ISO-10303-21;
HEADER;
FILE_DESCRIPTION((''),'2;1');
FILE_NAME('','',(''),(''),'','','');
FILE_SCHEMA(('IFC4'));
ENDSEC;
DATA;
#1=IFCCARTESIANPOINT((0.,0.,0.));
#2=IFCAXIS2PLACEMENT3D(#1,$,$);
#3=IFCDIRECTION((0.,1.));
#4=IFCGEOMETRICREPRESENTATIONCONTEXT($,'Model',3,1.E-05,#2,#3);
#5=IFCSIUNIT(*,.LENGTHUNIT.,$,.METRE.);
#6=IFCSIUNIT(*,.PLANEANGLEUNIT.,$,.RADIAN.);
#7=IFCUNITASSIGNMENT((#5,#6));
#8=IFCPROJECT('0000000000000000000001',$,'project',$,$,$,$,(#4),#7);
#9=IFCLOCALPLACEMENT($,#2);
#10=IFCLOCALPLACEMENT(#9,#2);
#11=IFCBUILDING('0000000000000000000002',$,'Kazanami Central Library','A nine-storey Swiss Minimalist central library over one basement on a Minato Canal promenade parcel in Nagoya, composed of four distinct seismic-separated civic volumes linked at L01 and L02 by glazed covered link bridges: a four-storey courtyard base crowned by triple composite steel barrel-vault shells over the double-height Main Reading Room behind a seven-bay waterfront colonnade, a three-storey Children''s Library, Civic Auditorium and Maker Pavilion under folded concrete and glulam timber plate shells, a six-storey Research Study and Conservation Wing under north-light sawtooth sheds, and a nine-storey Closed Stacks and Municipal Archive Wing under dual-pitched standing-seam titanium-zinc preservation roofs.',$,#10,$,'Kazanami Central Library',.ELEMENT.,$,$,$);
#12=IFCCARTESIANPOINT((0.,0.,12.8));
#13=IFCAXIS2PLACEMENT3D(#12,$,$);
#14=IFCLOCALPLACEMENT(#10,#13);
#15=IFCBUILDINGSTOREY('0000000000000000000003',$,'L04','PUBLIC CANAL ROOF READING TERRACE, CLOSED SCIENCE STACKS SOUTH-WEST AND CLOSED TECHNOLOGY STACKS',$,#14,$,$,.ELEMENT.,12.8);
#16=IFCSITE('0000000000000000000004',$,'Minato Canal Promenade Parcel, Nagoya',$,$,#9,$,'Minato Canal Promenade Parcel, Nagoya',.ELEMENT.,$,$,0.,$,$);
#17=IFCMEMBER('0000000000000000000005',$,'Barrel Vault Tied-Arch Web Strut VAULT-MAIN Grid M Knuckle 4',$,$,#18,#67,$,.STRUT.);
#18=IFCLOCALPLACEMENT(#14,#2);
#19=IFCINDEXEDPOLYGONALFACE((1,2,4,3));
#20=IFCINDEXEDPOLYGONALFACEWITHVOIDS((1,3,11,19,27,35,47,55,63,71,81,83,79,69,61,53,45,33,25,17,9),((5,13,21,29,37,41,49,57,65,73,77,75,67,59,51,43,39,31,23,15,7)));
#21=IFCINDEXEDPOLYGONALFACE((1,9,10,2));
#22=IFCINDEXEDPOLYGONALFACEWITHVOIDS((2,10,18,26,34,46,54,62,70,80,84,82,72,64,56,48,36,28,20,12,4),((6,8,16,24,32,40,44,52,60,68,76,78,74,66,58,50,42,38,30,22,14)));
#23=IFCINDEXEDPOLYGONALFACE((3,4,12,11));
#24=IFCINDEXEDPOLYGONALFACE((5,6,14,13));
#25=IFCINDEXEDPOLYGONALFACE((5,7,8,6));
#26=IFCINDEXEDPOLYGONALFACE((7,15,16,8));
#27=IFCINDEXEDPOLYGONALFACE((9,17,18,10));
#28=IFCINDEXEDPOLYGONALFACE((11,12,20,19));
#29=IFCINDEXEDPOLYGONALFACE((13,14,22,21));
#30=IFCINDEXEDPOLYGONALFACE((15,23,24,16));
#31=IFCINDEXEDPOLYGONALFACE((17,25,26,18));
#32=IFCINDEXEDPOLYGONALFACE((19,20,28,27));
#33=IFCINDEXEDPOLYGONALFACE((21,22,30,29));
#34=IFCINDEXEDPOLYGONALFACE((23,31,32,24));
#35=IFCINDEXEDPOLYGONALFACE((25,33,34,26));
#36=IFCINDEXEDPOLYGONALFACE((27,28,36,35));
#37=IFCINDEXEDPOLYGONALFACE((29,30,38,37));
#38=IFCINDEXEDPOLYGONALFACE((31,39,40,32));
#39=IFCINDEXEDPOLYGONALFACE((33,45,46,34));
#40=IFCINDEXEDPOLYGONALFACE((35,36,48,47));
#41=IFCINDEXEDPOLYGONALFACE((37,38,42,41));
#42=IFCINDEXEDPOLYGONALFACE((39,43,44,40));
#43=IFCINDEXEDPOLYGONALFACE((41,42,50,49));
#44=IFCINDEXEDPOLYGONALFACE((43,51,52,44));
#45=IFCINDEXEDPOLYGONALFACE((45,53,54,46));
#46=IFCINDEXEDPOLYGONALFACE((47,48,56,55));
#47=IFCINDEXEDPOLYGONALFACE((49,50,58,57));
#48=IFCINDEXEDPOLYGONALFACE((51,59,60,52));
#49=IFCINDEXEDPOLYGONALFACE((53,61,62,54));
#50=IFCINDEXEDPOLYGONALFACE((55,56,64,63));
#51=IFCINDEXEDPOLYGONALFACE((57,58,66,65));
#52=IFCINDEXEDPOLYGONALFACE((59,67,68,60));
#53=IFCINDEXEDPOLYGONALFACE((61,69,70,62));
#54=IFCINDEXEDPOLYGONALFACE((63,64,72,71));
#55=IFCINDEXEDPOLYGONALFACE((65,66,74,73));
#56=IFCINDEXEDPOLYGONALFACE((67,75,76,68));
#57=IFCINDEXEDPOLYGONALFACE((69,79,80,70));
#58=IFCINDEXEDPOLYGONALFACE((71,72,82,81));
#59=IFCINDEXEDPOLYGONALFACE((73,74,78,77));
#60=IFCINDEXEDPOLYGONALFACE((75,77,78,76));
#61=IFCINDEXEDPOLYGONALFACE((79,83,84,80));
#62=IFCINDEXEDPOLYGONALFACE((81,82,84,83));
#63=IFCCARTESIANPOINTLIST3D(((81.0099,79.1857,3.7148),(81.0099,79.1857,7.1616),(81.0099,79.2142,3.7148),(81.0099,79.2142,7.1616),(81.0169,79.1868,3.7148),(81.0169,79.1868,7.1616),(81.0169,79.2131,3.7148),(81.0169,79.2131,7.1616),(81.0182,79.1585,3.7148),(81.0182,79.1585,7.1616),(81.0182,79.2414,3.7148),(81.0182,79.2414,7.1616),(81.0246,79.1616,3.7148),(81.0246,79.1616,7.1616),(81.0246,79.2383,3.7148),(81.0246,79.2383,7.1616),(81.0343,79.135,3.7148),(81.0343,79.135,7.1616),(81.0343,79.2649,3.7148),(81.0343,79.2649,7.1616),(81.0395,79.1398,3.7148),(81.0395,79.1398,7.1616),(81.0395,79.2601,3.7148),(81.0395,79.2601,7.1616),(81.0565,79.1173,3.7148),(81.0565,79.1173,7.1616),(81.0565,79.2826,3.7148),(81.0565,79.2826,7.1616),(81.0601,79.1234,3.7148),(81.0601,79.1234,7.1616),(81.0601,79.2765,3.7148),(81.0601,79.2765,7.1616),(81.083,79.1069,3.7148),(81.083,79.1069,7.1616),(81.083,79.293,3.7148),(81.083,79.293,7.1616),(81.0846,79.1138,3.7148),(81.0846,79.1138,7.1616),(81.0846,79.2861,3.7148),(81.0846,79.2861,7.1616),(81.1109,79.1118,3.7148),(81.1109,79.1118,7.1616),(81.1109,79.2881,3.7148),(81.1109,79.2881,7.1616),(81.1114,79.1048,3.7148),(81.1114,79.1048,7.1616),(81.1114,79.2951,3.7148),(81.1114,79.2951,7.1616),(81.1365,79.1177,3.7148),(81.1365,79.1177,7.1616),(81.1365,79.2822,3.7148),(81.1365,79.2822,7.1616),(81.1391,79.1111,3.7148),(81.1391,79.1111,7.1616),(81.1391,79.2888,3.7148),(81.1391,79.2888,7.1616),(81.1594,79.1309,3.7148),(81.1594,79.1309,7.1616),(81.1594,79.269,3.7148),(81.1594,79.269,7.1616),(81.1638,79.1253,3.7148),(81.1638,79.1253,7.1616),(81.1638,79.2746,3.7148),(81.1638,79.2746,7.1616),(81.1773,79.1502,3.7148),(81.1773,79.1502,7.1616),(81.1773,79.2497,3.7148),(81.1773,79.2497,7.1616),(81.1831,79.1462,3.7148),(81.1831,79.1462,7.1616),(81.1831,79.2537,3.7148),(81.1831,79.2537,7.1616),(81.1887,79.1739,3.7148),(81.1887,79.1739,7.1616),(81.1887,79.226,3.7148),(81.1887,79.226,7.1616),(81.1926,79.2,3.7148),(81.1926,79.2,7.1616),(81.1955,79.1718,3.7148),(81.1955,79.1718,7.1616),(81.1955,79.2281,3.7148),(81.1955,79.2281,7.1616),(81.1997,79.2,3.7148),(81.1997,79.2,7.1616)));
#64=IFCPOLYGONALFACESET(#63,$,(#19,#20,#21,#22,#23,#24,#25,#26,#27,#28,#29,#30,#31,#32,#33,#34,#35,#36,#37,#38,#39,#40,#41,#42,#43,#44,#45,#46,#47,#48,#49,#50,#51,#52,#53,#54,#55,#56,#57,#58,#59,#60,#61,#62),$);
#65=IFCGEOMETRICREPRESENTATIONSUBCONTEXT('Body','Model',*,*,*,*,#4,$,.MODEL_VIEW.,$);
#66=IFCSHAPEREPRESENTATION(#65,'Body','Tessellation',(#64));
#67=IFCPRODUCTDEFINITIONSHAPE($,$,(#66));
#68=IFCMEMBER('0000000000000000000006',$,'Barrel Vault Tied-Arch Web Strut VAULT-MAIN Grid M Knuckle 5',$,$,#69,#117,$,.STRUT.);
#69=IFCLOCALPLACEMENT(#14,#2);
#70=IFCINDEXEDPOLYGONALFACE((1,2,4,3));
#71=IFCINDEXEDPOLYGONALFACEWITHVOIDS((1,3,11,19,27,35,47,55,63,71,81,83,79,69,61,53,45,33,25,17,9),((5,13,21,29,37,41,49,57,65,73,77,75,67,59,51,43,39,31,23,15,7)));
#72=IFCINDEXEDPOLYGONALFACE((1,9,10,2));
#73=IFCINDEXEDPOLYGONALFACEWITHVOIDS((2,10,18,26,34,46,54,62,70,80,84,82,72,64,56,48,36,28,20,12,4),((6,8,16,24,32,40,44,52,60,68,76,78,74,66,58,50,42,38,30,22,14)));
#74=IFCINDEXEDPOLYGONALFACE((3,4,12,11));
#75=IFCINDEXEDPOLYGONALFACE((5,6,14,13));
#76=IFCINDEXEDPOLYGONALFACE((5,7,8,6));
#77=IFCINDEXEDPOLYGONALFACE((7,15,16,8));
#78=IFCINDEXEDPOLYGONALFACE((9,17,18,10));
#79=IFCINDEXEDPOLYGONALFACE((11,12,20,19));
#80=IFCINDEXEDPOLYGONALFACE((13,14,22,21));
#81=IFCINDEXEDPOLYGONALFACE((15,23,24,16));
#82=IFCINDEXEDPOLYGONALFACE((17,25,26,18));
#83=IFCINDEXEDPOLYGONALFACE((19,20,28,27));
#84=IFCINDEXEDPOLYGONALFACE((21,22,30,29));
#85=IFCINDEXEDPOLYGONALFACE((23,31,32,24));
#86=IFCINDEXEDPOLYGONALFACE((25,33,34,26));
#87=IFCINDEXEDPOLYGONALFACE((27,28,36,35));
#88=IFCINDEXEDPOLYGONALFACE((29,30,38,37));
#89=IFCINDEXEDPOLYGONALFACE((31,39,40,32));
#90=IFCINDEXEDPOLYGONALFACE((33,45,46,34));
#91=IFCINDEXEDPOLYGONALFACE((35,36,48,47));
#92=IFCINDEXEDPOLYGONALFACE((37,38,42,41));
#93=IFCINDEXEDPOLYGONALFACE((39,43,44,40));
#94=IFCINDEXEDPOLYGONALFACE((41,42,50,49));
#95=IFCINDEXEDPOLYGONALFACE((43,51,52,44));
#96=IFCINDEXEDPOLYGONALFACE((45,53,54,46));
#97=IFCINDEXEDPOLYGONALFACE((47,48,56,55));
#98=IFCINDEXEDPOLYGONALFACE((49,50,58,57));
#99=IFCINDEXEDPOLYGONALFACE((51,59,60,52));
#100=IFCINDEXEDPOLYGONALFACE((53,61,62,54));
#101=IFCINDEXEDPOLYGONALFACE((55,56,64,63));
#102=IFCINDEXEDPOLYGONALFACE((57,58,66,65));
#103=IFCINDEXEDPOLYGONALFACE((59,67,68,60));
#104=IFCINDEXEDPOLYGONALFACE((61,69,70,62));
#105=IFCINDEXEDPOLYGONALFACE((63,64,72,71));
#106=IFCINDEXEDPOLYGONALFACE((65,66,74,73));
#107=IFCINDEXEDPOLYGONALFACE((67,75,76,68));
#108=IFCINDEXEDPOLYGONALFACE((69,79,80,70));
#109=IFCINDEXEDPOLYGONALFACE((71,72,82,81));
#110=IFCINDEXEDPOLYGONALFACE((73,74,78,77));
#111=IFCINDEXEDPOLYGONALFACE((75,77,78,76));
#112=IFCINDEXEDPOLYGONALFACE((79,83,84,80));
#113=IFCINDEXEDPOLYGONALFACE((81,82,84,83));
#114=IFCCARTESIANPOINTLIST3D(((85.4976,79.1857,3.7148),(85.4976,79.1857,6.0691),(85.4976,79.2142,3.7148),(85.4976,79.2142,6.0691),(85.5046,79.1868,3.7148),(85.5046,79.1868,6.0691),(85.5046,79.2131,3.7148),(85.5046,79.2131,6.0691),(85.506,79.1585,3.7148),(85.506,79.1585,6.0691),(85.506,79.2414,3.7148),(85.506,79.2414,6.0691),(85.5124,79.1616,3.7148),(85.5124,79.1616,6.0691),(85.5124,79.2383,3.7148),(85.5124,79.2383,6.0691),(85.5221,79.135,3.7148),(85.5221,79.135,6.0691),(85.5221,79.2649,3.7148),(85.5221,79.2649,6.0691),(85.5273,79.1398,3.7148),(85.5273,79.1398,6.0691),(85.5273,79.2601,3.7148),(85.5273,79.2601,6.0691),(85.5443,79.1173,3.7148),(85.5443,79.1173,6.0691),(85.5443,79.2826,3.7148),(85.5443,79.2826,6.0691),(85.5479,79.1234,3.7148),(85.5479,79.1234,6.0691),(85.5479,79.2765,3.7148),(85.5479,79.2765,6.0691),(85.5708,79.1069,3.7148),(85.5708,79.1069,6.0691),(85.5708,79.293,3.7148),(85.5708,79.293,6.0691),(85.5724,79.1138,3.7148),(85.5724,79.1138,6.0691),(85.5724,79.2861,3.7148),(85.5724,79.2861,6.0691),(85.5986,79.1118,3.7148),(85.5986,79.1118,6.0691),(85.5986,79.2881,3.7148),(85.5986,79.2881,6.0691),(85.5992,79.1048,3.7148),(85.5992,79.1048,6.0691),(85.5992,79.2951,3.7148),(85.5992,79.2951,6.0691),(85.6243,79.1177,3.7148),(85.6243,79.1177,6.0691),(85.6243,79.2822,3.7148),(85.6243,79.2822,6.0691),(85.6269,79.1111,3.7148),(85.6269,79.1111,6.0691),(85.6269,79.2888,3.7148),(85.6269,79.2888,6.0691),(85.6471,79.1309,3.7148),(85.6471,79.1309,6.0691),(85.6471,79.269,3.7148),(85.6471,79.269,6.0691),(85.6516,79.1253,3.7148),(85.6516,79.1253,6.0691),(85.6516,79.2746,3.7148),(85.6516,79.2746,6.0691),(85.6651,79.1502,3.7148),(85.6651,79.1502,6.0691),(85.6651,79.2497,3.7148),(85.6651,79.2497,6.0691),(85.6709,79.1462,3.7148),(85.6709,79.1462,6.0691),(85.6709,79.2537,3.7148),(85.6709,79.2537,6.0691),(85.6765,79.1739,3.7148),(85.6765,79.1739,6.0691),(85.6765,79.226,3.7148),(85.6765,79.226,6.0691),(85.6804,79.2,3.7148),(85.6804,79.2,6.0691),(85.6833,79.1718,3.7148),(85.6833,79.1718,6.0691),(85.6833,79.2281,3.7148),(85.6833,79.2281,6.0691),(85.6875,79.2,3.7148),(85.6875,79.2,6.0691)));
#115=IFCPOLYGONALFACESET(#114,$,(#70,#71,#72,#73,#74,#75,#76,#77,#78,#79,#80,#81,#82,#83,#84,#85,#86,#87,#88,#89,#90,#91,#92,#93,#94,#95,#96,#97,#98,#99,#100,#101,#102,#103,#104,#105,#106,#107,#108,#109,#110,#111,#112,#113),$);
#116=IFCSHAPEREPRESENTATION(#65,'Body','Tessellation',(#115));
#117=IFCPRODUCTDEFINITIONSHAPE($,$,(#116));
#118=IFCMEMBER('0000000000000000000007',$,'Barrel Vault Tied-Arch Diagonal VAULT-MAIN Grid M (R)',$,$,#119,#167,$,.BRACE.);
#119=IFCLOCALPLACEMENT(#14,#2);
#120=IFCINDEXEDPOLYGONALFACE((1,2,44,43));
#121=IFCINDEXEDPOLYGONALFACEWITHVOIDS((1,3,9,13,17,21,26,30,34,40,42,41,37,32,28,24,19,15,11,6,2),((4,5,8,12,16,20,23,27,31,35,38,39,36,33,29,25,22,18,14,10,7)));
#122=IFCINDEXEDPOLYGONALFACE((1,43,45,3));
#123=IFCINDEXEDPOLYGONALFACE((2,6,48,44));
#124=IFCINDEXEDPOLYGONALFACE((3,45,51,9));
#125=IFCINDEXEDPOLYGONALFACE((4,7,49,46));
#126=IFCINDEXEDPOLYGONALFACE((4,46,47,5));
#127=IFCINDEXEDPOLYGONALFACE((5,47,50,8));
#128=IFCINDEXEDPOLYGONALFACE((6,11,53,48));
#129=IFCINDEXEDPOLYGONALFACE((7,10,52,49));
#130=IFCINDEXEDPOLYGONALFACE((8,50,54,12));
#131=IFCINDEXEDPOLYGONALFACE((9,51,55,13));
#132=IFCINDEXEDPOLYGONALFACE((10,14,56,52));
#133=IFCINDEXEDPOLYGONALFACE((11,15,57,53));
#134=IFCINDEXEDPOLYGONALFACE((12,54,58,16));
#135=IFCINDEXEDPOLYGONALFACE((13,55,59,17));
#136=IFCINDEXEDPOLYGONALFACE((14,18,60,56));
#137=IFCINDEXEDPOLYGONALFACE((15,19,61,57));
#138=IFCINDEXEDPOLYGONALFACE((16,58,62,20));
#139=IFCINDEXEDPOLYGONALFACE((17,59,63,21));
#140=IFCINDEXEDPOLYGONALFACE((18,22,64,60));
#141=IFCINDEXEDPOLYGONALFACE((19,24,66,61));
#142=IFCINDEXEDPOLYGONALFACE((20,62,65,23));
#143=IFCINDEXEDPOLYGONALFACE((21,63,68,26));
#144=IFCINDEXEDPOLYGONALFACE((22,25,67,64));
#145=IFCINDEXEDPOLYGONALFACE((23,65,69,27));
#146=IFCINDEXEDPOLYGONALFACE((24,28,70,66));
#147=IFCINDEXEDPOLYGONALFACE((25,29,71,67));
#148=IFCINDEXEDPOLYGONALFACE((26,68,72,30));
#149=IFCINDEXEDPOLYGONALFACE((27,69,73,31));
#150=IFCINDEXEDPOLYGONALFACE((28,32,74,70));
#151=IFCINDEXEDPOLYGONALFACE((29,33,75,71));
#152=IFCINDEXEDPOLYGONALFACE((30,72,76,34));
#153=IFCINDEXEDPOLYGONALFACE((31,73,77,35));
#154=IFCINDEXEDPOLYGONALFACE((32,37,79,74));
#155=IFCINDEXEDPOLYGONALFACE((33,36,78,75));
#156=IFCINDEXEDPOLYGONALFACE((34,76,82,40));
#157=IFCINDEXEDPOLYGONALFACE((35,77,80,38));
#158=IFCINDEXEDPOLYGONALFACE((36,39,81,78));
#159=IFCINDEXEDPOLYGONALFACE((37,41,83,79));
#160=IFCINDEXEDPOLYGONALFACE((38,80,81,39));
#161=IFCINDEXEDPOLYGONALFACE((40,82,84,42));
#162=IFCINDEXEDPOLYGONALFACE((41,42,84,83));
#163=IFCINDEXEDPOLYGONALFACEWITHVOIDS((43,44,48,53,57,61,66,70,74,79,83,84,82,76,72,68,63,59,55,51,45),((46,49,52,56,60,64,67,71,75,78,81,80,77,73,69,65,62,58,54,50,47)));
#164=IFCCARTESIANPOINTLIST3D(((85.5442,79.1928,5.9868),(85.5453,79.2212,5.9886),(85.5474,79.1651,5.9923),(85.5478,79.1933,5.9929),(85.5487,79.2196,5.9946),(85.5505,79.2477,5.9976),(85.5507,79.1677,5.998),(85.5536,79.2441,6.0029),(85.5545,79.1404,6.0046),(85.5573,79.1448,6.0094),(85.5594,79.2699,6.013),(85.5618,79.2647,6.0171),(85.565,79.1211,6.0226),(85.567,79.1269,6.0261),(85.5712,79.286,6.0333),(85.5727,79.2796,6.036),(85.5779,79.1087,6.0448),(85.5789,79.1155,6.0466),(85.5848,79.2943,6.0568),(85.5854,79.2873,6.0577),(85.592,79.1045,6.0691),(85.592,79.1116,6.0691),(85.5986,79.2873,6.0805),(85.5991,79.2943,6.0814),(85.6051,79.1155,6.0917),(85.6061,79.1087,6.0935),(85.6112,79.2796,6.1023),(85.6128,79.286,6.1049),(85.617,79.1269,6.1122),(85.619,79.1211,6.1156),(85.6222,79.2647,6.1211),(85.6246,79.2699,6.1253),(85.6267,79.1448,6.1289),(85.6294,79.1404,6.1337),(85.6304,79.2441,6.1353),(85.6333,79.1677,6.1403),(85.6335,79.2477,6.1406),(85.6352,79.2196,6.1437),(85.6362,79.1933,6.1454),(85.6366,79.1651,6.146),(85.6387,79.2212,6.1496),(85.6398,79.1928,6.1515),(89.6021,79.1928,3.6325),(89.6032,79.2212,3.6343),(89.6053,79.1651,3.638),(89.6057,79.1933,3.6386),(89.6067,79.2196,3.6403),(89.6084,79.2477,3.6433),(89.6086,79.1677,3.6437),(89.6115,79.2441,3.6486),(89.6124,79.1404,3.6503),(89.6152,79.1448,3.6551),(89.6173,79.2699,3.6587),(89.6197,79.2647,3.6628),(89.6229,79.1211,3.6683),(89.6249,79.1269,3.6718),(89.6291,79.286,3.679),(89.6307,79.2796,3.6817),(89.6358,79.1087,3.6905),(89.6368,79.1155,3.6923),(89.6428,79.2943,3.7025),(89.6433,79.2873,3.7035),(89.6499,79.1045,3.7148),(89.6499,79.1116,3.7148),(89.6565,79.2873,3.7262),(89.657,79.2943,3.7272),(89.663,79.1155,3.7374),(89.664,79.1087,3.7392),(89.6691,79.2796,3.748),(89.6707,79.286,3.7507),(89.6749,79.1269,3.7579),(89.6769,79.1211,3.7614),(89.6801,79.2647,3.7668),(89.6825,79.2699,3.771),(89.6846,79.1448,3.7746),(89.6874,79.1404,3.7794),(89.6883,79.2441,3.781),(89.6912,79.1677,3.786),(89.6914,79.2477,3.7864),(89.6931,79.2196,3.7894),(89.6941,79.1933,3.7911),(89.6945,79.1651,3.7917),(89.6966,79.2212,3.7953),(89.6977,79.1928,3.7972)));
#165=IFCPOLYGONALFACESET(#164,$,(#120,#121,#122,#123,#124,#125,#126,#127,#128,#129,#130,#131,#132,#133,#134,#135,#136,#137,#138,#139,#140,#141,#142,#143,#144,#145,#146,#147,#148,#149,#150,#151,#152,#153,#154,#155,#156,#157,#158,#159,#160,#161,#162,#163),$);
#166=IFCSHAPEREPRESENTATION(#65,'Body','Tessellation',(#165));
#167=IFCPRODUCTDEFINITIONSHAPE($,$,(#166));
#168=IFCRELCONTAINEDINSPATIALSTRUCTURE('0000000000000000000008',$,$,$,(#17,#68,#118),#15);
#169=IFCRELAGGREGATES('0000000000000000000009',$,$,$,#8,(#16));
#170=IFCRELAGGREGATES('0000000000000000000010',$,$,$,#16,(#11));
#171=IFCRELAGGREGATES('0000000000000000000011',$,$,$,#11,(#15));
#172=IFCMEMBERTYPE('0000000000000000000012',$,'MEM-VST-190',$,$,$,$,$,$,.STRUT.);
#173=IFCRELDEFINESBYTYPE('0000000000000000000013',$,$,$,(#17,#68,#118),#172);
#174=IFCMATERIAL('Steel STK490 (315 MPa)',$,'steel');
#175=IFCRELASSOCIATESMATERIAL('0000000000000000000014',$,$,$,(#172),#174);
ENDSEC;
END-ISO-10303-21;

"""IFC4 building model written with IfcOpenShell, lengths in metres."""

from ifc_helpers import new_model, si_unit, direction, frame, origin, origin_2d, place, context, subcontext, project, spatial, hollow_circle, extrude, material, material_profile, profile_set, type_object, element, save


model = new_model("IFC4")

# Units and contexts
model_context = context("Model", 3, precision=1e-05, world=origin(), true_north=direction((0.0, 1.0)))
body_context = subcontext(model_context, "Body", "Model", "MODEL_VIEW")
ifc_project = project(units=[si_unit("LENGTHUNIT", "METRE"), si_unit("PLANEANGLEUNIT", "RADIAN")], contexts=[model_context])

# Site, building, storey
site_placement = place(None, origin())
site = spatial("IfcSite", under=ifc_project, at=site_placement, Name="Minato Canal Promenade Parcel, Nagoya", LongName="Minato Canal Promenade Parcel, Nagoya", CompositionType="ELEMENT", RefElevation=0.0)
building_placement = place(site_placement, origin())
building = spatial("IfcBuilding", under=site, at=building_placement, Name="Kazanami Central Library", Description="A nine-storey Swiss Minimalist central library over one basement on a Minato Canal promenade parcel in Nagoya, composed of four distinct seismic-separated civic volumes linked at L01 and L02 by glazed covered link bridges: a four-storey courtyard base crowned by triple composite steel barrel-vault shells over the double-height Main Reading Room behind a seven-bay waterfront colonnade, a three-storey Children's Library, Civic Auditorium and Maker Pavilion under folded concrete and glulam timber plate shells, a six-storey Research Study and Conservation Wing under north-light sawtooth sheds, and a nine-storey Closed Stacks and Municipal Archive Wing under dual-pitched standing-seam titanium-zinc preservation roofs.", LongName="Kazanami Central Library", CompositionType="ELEMENT")
storey_placement = place(building_placement, frame((0.0, 0.0, 12.8)))
storey = spatial("IfcBuildingStorey", under=building, at=storey_placement, Name="L04", Description="PUBLIC CANAL ROOF READING TERRACE, CLOSED SCIENCE STACKS SOUTH-WEST AND CLOSED TECHNOLOGY STACKS", CompositionType="ELEMENT", Elevation=12.8)

# Members
ifc_material_1 = material(Name="Steel STK490 (315 MPa)", Category="steel")
ifc_material_profile_1 = material_profile(ifc_material_1, hollow_circle(Radius=0.0955, WallThickness=0.0071, at=origin_2d()), Name="CHS-190.7x7.0")
ifc_profile_set_1 = profile_set([ifc_material_profile_1], Name="Steel STK490 (315 MPa)")
member_type_1 = type_object("IfcMemberType", Name="MEM-VST-190", PredefinedType="STRUT", material=ifc_profile_set_1)
member_1_placement = place(storey_placement, frame((81.1042, 79.2, 3.7148), z_axis=(0.0, 0.0, 1.0), x_axis=(1.0, 0.0, 0.0)))
element("IfcMember", 1, at=member_1_placement, inside=storey, type_object=member_type_1, Name="Barrel Vault Tied-Arch Web Strut VAULT-MAIN Grid M Knuckle 4", PredefinedType="STRUT", context=body_context, shape_type="SweptSolid", body=[
    extrude(hollow_circle(Radius=0.0955, WallThickness=0.0071, at=origin_2d()), origin(), (0.0, 0.0, 1.0), 3.4468),
])
member_2_placement = place(storey_placement, frame((85.592, 79.2, 3.7148), z_axis=(0.0, 0.0, 1.0), x_axis=(1.0, 0.0, 0.0)))
element("IfcMember", 2, at=member_2_placement, inside=storey, type_object=member_type_1, Name="Barrel Vault Tied-Arch Web Strut VAULT-MAIN Grid M Knuckle 5", PredefinedType="STRUT", context=body_context, shape_type="SweptSolid", body=[
    extrude(hollow_circle(Radius=0.0955, WallThickness=0.0071, at=origin_2d()), origin(), (0.0, 0.0, 1.0), 2.3542),
])
member_3_placement = place(storey_placement, frame((89.6499, 79.2, 3.7148), z_axis=(-0.864967, 0.0, 0.501828), x_axis=(0.0, -1.0, 0.0)))
element("IfcMember", 3, at=member_3_placement, inside=storey, type_object=member_type_1, Name="Barrel Vault Tied-Arch Diagonal VAULT-MAIN Grid M (R)", PredefinedType="BRACE", context=body_context, shape_type="SweptSolid", body=[
    extrude(hollow_circle(Radius=0.0955, WallThickness=0.0071, at=origin_2d()), origin(), (0.0, 0.0, 1.0), 4.6914),
])

save(model, "model.ifc")
